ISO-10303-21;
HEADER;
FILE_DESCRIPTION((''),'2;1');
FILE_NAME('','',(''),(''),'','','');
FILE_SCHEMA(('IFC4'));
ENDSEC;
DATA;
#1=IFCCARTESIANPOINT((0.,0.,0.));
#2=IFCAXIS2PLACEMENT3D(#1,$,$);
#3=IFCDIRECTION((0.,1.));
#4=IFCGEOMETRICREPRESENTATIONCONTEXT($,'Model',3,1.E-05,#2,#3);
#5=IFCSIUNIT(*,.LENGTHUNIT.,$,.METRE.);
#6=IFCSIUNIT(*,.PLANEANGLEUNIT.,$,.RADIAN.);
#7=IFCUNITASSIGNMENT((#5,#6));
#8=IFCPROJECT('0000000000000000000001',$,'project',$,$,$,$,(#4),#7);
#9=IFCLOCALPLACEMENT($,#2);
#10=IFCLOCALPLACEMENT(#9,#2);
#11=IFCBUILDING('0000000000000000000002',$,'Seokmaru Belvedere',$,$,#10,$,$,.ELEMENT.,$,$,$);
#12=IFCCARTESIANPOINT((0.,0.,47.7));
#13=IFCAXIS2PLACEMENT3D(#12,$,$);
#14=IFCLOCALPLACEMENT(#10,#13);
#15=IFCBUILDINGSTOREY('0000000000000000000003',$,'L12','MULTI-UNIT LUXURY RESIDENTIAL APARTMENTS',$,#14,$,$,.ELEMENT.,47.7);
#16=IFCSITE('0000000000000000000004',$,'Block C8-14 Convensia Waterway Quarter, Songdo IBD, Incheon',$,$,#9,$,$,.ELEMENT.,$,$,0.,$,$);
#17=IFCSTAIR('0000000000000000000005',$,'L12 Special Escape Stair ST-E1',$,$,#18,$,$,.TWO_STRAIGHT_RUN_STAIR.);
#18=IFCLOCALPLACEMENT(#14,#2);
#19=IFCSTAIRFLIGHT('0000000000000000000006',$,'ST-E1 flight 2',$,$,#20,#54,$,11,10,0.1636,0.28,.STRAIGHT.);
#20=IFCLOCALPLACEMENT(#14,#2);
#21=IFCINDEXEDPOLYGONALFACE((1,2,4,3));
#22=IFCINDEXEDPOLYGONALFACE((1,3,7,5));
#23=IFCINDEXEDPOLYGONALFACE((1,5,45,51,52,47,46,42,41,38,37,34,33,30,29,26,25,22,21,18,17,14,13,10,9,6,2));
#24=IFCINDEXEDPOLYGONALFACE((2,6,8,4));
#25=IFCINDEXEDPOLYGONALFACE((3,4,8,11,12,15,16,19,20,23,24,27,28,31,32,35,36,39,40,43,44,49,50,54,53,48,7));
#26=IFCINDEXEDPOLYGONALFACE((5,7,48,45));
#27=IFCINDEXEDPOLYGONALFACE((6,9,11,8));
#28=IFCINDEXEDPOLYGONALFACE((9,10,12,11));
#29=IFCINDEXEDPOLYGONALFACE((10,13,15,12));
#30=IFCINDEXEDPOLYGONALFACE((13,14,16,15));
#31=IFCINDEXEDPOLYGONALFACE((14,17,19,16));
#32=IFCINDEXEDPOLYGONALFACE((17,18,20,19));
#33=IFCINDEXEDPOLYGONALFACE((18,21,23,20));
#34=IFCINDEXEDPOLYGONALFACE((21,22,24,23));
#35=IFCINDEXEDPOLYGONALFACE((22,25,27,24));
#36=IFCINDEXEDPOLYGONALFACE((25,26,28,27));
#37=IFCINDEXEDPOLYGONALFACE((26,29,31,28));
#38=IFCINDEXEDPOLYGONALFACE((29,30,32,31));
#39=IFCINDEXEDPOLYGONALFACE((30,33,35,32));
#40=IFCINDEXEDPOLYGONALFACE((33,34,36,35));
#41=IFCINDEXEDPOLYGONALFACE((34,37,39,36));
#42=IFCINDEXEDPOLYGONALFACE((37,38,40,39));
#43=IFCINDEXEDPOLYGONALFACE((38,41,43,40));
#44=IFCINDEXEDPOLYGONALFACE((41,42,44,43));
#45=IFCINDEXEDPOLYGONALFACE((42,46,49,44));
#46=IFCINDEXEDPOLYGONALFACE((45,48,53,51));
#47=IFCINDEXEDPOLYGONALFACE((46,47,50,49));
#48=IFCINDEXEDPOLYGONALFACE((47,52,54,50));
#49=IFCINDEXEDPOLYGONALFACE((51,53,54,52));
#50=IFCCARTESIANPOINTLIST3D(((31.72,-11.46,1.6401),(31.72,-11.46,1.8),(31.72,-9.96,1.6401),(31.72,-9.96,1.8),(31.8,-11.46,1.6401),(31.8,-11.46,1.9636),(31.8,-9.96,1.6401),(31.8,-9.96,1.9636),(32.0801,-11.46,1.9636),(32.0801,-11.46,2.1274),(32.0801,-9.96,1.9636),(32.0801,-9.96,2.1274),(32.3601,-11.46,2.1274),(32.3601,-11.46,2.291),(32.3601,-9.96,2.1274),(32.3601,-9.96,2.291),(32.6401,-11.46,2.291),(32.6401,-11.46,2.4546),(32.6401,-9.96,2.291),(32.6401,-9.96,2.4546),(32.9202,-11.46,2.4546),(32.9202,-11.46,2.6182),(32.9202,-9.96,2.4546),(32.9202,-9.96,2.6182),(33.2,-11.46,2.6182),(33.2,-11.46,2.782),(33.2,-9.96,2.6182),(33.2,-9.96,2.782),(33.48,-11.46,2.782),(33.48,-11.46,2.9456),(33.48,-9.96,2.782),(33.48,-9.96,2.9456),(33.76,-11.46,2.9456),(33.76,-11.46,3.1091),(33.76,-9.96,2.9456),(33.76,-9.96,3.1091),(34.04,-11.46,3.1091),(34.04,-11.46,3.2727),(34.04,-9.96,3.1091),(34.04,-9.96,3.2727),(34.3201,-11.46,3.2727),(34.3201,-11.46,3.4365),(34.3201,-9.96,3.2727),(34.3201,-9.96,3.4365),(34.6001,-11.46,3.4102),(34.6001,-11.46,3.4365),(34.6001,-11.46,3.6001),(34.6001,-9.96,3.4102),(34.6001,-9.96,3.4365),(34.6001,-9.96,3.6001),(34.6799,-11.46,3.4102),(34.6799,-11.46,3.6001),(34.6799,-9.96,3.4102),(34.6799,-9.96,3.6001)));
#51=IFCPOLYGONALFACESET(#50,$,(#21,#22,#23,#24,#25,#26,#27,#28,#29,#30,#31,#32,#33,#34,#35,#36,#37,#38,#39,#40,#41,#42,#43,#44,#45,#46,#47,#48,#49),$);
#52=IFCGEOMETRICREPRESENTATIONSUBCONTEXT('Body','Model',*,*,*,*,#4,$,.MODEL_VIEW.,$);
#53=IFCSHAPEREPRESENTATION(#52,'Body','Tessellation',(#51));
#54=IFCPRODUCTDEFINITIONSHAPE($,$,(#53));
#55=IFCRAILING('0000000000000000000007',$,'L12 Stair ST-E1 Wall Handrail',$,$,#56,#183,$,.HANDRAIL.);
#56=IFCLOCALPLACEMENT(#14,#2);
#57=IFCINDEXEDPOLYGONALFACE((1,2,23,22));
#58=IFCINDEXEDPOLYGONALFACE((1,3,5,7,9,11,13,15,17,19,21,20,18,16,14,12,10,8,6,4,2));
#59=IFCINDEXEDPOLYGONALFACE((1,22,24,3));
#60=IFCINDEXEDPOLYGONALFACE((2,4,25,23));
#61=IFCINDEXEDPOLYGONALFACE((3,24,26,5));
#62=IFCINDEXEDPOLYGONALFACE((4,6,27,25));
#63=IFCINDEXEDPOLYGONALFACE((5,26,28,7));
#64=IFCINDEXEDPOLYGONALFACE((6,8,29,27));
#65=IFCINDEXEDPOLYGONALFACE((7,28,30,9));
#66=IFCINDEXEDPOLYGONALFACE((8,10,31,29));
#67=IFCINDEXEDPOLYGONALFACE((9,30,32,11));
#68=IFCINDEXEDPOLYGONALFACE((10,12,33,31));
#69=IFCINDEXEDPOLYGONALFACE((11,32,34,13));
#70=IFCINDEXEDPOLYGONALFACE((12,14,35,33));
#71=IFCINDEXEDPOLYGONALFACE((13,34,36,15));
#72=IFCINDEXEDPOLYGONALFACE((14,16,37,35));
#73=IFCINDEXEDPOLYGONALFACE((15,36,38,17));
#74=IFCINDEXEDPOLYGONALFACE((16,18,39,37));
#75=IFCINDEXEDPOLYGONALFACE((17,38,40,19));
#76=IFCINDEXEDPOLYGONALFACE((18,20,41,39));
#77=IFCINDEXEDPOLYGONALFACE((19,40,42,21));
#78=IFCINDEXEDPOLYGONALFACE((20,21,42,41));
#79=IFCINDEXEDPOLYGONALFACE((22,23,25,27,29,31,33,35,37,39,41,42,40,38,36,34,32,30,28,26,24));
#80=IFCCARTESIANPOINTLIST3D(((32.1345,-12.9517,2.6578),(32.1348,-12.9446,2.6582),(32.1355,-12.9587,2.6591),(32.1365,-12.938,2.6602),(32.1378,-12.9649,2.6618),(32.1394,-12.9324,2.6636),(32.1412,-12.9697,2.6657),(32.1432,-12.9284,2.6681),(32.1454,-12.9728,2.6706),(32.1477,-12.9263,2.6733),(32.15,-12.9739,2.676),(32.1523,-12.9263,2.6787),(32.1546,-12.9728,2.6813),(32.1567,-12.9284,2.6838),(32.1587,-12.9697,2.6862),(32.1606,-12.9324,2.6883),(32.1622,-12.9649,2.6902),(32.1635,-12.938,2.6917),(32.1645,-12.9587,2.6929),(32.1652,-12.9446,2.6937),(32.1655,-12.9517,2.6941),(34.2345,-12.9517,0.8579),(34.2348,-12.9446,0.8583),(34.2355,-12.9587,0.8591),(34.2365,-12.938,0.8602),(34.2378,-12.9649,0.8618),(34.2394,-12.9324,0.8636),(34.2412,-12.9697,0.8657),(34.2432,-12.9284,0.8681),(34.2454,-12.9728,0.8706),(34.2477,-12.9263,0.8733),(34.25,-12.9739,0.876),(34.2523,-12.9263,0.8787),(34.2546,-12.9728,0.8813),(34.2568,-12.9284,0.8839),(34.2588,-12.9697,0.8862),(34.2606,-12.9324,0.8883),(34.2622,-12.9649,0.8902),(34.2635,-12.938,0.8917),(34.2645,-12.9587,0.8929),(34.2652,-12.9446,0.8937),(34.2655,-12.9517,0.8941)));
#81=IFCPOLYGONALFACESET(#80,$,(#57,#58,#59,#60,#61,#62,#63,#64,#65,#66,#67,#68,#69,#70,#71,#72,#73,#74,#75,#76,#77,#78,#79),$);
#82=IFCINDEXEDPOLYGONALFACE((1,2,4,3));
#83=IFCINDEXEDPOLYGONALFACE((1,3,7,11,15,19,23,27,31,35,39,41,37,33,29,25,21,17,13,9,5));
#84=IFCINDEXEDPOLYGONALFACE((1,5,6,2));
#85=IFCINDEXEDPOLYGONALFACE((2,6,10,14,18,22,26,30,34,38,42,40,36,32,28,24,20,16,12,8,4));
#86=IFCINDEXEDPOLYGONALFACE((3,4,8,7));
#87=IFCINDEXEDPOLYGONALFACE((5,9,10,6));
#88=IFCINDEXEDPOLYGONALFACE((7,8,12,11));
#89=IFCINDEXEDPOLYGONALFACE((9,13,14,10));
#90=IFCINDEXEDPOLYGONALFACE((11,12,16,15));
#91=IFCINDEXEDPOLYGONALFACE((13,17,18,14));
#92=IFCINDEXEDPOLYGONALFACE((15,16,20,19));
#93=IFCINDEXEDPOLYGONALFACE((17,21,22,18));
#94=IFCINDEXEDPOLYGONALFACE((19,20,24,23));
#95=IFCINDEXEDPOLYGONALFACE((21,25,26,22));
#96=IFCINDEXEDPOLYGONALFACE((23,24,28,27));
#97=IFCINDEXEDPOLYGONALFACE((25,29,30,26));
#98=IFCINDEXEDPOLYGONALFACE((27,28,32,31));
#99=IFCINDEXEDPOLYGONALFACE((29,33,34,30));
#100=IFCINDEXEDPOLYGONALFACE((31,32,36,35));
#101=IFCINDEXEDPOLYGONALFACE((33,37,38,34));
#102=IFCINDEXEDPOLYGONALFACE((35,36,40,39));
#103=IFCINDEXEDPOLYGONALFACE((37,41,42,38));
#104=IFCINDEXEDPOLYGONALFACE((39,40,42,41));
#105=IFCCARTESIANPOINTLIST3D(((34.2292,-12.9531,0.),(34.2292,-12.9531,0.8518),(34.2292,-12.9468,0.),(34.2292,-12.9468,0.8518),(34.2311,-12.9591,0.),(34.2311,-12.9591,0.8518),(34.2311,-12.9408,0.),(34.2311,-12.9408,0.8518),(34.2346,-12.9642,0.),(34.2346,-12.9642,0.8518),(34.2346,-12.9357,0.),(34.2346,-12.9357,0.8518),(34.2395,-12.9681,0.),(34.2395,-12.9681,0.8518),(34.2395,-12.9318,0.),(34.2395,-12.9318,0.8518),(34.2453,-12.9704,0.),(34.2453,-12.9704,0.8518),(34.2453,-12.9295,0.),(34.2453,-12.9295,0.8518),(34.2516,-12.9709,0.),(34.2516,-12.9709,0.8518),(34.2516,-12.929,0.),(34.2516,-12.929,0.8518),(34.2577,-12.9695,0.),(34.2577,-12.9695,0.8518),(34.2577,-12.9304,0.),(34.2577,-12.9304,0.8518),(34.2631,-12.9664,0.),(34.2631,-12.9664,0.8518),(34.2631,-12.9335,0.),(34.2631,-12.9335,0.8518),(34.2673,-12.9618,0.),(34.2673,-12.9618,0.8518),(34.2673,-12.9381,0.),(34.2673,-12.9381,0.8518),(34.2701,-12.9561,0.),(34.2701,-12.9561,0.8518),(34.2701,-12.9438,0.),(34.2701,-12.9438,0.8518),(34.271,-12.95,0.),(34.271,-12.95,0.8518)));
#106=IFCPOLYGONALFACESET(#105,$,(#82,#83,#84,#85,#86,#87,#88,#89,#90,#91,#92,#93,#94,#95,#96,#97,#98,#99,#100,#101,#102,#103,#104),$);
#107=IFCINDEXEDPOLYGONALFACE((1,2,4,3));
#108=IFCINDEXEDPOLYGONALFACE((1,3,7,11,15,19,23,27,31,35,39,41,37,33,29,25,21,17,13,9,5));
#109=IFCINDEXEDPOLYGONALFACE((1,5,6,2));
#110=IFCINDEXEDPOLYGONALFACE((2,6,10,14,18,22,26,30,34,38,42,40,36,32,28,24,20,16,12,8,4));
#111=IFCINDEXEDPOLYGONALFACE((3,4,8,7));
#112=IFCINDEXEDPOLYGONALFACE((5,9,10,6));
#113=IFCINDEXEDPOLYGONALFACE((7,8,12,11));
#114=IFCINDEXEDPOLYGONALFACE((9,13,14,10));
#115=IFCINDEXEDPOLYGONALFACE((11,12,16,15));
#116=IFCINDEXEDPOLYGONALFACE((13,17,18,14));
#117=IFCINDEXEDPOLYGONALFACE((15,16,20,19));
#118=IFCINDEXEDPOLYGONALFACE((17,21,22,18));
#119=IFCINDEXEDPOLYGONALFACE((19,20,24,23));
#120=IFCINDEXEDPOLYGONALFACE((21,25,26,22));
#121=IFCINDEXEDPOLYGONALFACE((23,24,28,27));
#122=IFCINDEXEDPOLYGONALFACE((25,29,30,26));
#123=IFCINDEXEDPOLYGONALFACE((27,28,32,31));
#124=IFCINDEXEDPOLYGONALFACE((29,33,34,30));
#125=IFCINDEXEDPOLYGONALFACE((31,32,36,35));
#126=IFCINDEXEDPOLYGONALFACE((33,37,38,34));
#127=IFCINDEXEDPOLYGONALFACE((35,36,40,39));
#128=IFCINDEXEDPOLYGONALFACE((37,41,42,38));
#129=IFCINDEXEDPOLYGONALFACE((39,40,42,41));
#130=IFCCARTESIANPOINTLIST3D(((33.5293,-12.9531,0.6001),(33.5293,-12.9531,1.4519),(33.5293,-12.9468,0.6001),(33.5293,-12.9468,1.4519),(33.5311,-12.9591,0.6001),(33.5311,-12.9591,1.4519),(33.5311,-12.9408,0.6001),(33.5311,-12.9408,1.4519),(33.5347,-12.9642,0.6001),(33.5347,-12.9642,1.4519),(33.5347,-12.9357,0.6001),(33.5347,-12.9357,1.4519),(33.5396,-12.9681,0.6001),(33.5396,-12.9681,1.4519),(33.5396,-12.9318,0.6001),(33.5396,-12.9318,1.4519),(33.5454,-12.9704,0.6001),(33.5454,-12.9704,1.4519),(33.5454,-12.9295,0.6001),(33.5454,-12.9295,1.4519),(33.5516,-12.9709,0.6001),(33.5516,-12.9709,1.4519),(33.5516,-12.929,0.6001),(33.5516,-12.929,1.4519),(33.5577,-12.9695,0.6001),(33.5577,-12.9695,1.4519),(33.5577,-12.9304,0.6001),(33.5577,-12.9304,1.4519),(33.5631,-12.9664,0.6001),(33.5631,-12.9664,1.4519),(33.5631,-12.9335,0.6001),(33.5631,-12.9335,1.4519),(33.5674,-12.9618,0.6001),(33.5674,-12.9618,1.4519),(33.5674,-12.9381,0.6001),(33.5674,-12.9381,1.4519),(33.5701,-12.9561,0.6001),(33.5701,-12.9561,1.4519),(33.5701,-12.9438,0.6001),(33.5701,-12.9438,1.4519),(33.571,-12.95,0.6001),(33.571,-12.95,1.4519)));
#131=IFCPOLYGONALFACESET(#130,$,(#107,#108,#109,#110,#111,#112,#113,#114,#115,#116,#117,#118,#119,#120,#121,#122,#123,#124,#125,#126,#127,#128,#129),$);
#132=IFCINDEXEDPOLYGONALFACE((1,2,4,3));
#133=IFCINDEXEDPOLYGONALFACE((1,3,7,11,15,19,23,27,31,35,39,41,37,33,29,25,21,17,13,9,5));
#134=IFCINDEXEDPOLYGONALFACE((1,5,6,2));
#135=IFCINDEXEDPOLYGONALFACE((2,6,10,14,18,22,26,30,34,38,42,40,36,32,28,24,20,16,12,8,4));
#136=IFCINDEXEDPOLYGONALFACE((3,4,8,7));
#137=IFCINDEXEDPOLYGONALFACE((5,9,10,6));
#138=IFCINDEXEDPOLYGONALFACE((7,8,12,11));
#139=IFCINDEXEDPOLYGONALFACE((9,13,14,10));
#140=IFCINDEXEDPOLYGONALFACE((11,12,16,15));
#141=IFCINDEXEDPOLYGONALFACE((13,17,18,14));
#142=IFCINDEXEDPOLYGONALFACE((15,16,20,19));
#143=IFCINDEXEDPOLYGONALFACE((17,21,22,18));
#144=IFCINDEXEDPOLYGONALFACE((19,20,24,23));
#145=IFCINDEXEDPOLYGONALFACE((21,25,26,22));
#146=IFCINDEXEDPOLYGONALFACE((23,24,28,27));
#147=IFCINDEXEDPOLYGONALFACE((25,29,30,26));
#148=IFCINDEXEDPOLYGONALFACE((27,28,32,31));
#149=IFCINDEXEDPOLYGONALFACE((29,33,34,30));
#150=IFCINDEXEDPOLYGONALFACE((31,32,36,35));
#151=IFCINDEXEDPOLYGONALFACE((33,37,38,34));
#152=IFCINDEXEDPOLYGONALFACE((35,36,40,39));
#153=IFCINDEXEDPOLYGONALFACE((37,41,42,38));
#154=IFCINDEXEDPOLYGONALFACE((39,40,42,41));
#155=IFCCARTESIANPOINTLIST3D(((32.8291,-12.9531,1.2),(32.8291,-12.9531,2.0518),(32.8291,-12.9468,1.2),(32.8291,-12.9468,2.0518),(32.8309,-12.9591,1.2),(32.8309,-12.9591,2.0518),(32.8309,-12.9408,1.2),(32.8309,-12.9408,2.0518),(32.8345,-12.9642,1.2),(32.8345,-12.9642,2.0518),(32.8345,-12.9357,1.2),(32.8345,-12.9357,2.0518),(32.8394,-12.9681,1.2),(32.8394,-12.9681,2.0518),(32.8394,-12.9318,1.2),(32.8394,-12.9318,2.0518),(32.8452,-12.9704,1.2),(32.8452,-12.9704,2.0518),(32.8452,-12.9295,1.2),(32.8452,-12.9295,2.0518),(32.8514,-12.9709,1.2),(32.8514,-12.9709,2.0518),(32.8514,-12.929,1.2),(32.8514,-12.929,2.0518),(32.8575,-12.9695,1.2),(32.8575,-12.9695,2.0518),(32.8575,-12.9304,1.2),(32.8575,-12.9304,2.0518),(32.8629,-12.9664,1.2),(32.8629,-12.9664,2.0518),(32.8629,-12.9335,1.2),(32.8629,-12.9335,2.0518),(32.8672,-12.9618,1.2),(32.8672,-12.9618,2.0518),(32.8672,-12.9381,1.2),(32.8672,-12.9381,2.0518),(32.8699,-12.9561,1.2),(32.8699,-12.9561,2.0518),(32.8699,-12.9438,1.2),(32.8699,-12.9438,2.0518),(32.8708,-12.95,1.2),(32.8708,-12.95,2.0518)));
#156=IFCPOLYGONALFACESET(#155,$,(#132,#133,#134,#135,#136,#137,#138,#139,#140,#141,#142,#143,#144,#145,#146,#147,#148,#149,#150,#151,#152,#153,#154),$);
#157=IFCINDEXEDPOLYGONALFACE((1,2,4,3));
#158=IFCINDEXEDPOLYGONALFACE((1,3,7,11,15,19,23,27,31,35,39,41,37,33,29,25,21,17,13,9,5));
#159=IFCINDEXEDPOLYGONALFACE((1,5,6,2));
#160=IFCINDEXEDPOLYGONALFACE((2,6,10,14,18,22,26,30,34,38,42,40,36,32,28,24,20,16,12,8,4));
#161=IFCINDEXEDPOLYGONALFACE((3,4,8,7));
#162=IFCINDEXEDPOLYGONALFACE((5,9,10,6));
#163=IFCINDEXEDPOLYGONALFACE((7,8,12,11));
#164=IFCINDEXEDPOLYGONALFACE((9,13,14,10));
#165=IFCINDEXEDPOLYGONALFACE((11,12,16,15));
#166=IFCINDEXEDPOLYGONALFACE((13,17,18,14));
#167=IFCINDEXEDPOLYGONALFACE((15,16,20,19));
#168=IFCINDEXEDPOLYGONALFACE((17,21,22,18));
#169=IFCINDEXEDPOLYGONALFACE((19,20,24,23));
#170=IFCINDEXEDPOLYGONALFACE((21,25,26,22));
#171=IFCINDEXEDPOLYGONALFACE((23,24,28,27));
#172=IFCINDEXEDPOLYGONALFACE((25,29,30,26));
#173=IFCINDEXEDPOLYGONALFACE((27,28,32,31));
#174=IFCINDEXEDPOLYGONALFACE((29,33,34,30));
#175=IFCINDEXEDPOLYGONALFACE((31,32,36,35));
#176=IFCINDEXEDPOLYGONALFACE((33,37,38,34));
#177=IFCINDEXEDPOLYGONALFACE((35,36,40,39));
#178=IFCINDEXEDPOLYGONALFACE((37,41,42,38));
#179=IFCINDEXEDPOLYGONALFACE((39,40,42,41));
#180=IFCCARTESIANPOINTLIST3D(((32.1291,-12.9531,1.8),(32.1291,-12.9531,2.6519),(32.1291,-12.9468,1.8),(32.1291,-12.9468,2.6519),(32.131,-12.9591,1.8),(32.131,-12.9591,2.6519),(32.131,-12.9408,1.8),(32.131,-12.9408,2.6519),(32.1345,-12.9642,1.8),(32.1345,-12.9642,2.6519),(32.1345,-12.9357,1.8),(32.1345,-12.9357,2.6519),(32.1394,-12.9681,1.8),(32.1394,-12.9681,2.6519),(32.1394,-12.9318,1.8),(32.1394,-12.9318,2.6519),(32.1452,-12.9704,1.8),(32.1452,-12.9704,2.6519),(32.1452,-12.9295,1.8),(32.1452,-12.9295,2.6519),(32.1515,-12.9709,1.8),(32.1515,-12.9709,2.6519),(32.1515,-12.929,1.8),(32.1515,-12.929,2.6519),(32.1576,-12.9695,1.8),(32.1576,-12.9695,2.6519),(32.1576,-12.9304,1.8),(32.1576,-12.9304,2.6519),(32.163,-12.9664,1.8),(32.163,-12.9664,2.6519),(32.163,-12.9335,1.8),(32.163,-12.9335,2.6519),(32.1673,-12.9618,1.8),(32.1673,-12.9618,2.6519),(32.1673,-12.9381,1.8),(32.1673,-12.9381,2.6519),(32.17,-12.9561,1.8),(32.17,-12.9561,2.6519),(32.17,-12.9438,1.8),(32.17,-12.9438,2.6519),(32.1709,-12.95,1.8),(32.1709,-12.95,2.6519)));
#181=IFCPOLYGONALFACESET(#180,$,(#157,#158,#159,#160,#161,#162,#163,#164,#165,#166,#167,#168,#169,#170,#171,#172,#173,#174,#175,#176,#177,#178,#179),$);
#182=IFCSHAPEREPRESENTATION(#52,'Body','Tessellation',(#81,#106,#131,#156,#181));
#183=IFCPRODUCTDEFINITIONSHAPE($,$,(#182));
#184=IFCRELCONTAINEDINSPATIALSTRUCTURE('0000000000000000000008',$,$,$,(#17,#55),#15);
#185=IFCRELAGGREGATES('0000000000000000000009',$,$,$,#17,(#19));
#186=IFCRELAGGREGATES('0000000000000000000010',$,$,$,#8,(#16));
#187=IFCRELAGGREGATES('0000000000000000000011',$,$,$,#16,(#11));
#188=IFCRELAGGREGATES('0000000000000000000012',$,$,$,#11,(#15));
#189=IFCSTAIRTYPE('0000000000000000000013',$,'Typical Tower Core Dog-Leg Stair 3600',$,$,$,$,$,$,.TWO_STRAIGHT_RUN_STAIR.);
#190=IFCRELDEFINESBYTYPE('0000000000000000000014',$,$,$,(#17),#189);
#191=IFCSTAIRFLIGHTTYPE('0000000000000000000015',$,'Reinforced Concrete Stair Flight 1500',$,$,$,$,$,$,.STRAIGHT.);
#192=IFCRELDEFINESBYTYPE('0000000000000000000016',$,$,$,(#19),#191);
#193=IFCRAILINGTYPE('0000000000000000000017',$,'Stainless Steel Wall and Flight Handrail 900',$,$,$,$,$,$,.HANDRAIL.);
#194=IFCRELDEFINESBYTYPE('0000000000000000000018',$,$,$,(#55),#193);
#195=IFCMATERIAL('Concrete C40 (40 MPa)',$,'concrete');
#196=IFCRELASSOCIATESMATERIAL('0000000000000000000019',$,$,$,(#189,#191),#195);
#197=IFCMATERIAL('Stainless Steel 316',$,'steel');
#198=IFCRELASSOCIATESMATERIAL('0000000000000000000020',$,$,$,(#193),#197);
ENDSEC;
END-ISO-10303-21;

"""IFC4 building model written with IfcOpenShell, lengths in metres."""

from ifc_helpers import new_model, si_unit, direction, frame, origin, origin_2d, place, context, subcontext, project, spatial, polyline, circle, outline, extrude, material, type_object, element, aggregate, save


model = new_model("IFC4")

# Units and contexts
model_context = context("Model", 3, precision=1e-05, world=origin(), true_north=direction((0.0, 1.0)))
body_context = subcontext(model_context, "Body", "Model", "MODEL_VIEW")
ifc_project = project(units=[si_unit("LENGTHUNIT", "METRE"), si_unit("PLANEANGLEUNIT", "RADIAN")], contexts=[model_context])

# Site, building, storey
site_placement = place(None, origin())
site = spatial("IfcSite", under=ifc_project, at=site_placement, Name="Block C8-14 Convensia Waterway Quarter, Songdo IBD, Incheon", CompositionType="ELEMENT", RefElevation=0.0)
building_placement = place(site_placement, origin())
building = spatial("IfcBuilding", under=site, at=building_placement, Name="Seokmaru Belvedere", CompositionType="ELEMENT")
storey_placement = place(building_placement, frame((0.0, 0.0, 47.7)))
storey = spatial("IfcBuildingStorey", under=building, at=storey_placement, Name="L12", Description="MULTI-UNIT LUXURY RESIDENTIAL APARTMENTS", CompositionType="ELEMENT", Elevation=47.7)

# Shared definitions
ifc_material_1 = material(Name="Stainless Steel 316", Category="steel")

# Stair, stair flight
ifc_material_2 = material(Name="Concrete C40 (40 MPa)", Category="concrete")
stair_type = type_object("IfcStairType", Name="Typical Tower Core Dog-Leg Stair 3600", PredefinedType="TWO_STRAIGHT_RUN_STAIR", material=ifc_material_2)
stair_placement = place(storey_placement, origin())
stair = element("IfcStair", 1, at=stair_placement, inside=storey, type_object=stair_type, Name="L12 Special Escape Stair ST-E1", PredefinedType="TWO_STRAIGHT_RUN_STAIR")
stair_flight_type = type_object("IfcStairFlightType", Name="Reinforced Concrete Stair Flight 1500", PredefinedType="STRAIGHT", material=ifc_material_2)
stair_flight_1_placement = place(storey_placement, frame((31.8, -10.71, 1.8), z_axis=(0.0, 0.0, 1.0), x_axis=(1.0, 0.0, 0.0)))
stair_flight_1 = element("IfcStairFlight", 2, at=stair_flight_1_placement, type_object=stair_flight_type, Name="ST-E1 flight 2", NumberOfRisers=11, NumberOfTreads=10, PredefinedType="STRAIGHT", RiserHeight=0.1636, TreadLength=0.28, context=body_context, shape_type="SweptSolid", body=[
    extrude(outline(polyline([(-0.0801, 0.0), (0.0, 0.1636), (0.28, 0.1636), (0.28, 0.3274), (0.5601, 0.3274), (0.5601, 0.491), (0.8401, 0.491), (0.8401, 0.6545), (1.1201, 0.6545), (1.1201, 0.8181), (1.3999, 0.8181), (1.3999, 0.9819), (1.6799, 0.9819), (1.6799, 1.1455), (1.96, 1.1455), (1.96, 1.3091), (2.24, 1.3091), (2.24, 1.4727), (2.52, 1.4727), (2.52, 1.6365), (2.8, 1.6365), (2.8, 1.8), (2.8799, 1.8), (2.8799, 1.6101), (2.8, 1.6101), (0.0, -0.1599), (-0.0801, -0.1599), (-0.0801, 0.0)])), frame((0.0, 0.75, 0.0), z_axis=(0.0, -1.0, 0.0), x_axis=(1.0, 0.0, 0.0)), (0.0, 0.0, 1.0), 1.5),
])
aggregate(stair, [stair_flight_1])

# Railing
railing_type_1 = type_object("IfcRailingType", Name="Stainless Steel Wall and Flight Handrail 900", PredefinedType="HANDRAIL", material=ifc_material_1)
railing_1_placement = place(storey_placement, frame((34.25, -12.95, 0.0)))
element("IfcRailing", 3, at=railing_1_placement, inside=storey, type_object=railing_type_1, Name="L12 Stair ST-E1 Wall Handrail", PredefinedType="HANDRAIL", context=body_context, shape_type="SweptSolid", body=[
    extrude(circle(Radius=0.0239, at=origin_2d()), frame((0.0, 0.0, 0.876), z_axis=(-0.759263, 0.0, 0.650784), x_axis=(0.0, -1.0, 0.0)), (0.0, 0.0, 1.0), 2.7659),
    extrude(circle(Radius=0.021, at=origin_2d()), origin(), (0.0, 0.0, 1.0), 0.8518),
    extrude(circle(Radius=0.021, at=origin_2d()), frame((-0.7, 0.0, 0.6001)), (0.0, 0.0, 1.0), 0.8518),
    extrude(circle(Radius=0.021, at=origin_2d()), frame((-1.4001, 0.0, 1.2)), (0.0, 0.0, 1.0), 0.8518),
    extrude(circle(Radius=0.021, at=origin_2d()), frame((-2.1001, 0.0, 1.8)), (0.0, 0.0, 1.0), 0.8518),
])

save(model, "model.ifc")
